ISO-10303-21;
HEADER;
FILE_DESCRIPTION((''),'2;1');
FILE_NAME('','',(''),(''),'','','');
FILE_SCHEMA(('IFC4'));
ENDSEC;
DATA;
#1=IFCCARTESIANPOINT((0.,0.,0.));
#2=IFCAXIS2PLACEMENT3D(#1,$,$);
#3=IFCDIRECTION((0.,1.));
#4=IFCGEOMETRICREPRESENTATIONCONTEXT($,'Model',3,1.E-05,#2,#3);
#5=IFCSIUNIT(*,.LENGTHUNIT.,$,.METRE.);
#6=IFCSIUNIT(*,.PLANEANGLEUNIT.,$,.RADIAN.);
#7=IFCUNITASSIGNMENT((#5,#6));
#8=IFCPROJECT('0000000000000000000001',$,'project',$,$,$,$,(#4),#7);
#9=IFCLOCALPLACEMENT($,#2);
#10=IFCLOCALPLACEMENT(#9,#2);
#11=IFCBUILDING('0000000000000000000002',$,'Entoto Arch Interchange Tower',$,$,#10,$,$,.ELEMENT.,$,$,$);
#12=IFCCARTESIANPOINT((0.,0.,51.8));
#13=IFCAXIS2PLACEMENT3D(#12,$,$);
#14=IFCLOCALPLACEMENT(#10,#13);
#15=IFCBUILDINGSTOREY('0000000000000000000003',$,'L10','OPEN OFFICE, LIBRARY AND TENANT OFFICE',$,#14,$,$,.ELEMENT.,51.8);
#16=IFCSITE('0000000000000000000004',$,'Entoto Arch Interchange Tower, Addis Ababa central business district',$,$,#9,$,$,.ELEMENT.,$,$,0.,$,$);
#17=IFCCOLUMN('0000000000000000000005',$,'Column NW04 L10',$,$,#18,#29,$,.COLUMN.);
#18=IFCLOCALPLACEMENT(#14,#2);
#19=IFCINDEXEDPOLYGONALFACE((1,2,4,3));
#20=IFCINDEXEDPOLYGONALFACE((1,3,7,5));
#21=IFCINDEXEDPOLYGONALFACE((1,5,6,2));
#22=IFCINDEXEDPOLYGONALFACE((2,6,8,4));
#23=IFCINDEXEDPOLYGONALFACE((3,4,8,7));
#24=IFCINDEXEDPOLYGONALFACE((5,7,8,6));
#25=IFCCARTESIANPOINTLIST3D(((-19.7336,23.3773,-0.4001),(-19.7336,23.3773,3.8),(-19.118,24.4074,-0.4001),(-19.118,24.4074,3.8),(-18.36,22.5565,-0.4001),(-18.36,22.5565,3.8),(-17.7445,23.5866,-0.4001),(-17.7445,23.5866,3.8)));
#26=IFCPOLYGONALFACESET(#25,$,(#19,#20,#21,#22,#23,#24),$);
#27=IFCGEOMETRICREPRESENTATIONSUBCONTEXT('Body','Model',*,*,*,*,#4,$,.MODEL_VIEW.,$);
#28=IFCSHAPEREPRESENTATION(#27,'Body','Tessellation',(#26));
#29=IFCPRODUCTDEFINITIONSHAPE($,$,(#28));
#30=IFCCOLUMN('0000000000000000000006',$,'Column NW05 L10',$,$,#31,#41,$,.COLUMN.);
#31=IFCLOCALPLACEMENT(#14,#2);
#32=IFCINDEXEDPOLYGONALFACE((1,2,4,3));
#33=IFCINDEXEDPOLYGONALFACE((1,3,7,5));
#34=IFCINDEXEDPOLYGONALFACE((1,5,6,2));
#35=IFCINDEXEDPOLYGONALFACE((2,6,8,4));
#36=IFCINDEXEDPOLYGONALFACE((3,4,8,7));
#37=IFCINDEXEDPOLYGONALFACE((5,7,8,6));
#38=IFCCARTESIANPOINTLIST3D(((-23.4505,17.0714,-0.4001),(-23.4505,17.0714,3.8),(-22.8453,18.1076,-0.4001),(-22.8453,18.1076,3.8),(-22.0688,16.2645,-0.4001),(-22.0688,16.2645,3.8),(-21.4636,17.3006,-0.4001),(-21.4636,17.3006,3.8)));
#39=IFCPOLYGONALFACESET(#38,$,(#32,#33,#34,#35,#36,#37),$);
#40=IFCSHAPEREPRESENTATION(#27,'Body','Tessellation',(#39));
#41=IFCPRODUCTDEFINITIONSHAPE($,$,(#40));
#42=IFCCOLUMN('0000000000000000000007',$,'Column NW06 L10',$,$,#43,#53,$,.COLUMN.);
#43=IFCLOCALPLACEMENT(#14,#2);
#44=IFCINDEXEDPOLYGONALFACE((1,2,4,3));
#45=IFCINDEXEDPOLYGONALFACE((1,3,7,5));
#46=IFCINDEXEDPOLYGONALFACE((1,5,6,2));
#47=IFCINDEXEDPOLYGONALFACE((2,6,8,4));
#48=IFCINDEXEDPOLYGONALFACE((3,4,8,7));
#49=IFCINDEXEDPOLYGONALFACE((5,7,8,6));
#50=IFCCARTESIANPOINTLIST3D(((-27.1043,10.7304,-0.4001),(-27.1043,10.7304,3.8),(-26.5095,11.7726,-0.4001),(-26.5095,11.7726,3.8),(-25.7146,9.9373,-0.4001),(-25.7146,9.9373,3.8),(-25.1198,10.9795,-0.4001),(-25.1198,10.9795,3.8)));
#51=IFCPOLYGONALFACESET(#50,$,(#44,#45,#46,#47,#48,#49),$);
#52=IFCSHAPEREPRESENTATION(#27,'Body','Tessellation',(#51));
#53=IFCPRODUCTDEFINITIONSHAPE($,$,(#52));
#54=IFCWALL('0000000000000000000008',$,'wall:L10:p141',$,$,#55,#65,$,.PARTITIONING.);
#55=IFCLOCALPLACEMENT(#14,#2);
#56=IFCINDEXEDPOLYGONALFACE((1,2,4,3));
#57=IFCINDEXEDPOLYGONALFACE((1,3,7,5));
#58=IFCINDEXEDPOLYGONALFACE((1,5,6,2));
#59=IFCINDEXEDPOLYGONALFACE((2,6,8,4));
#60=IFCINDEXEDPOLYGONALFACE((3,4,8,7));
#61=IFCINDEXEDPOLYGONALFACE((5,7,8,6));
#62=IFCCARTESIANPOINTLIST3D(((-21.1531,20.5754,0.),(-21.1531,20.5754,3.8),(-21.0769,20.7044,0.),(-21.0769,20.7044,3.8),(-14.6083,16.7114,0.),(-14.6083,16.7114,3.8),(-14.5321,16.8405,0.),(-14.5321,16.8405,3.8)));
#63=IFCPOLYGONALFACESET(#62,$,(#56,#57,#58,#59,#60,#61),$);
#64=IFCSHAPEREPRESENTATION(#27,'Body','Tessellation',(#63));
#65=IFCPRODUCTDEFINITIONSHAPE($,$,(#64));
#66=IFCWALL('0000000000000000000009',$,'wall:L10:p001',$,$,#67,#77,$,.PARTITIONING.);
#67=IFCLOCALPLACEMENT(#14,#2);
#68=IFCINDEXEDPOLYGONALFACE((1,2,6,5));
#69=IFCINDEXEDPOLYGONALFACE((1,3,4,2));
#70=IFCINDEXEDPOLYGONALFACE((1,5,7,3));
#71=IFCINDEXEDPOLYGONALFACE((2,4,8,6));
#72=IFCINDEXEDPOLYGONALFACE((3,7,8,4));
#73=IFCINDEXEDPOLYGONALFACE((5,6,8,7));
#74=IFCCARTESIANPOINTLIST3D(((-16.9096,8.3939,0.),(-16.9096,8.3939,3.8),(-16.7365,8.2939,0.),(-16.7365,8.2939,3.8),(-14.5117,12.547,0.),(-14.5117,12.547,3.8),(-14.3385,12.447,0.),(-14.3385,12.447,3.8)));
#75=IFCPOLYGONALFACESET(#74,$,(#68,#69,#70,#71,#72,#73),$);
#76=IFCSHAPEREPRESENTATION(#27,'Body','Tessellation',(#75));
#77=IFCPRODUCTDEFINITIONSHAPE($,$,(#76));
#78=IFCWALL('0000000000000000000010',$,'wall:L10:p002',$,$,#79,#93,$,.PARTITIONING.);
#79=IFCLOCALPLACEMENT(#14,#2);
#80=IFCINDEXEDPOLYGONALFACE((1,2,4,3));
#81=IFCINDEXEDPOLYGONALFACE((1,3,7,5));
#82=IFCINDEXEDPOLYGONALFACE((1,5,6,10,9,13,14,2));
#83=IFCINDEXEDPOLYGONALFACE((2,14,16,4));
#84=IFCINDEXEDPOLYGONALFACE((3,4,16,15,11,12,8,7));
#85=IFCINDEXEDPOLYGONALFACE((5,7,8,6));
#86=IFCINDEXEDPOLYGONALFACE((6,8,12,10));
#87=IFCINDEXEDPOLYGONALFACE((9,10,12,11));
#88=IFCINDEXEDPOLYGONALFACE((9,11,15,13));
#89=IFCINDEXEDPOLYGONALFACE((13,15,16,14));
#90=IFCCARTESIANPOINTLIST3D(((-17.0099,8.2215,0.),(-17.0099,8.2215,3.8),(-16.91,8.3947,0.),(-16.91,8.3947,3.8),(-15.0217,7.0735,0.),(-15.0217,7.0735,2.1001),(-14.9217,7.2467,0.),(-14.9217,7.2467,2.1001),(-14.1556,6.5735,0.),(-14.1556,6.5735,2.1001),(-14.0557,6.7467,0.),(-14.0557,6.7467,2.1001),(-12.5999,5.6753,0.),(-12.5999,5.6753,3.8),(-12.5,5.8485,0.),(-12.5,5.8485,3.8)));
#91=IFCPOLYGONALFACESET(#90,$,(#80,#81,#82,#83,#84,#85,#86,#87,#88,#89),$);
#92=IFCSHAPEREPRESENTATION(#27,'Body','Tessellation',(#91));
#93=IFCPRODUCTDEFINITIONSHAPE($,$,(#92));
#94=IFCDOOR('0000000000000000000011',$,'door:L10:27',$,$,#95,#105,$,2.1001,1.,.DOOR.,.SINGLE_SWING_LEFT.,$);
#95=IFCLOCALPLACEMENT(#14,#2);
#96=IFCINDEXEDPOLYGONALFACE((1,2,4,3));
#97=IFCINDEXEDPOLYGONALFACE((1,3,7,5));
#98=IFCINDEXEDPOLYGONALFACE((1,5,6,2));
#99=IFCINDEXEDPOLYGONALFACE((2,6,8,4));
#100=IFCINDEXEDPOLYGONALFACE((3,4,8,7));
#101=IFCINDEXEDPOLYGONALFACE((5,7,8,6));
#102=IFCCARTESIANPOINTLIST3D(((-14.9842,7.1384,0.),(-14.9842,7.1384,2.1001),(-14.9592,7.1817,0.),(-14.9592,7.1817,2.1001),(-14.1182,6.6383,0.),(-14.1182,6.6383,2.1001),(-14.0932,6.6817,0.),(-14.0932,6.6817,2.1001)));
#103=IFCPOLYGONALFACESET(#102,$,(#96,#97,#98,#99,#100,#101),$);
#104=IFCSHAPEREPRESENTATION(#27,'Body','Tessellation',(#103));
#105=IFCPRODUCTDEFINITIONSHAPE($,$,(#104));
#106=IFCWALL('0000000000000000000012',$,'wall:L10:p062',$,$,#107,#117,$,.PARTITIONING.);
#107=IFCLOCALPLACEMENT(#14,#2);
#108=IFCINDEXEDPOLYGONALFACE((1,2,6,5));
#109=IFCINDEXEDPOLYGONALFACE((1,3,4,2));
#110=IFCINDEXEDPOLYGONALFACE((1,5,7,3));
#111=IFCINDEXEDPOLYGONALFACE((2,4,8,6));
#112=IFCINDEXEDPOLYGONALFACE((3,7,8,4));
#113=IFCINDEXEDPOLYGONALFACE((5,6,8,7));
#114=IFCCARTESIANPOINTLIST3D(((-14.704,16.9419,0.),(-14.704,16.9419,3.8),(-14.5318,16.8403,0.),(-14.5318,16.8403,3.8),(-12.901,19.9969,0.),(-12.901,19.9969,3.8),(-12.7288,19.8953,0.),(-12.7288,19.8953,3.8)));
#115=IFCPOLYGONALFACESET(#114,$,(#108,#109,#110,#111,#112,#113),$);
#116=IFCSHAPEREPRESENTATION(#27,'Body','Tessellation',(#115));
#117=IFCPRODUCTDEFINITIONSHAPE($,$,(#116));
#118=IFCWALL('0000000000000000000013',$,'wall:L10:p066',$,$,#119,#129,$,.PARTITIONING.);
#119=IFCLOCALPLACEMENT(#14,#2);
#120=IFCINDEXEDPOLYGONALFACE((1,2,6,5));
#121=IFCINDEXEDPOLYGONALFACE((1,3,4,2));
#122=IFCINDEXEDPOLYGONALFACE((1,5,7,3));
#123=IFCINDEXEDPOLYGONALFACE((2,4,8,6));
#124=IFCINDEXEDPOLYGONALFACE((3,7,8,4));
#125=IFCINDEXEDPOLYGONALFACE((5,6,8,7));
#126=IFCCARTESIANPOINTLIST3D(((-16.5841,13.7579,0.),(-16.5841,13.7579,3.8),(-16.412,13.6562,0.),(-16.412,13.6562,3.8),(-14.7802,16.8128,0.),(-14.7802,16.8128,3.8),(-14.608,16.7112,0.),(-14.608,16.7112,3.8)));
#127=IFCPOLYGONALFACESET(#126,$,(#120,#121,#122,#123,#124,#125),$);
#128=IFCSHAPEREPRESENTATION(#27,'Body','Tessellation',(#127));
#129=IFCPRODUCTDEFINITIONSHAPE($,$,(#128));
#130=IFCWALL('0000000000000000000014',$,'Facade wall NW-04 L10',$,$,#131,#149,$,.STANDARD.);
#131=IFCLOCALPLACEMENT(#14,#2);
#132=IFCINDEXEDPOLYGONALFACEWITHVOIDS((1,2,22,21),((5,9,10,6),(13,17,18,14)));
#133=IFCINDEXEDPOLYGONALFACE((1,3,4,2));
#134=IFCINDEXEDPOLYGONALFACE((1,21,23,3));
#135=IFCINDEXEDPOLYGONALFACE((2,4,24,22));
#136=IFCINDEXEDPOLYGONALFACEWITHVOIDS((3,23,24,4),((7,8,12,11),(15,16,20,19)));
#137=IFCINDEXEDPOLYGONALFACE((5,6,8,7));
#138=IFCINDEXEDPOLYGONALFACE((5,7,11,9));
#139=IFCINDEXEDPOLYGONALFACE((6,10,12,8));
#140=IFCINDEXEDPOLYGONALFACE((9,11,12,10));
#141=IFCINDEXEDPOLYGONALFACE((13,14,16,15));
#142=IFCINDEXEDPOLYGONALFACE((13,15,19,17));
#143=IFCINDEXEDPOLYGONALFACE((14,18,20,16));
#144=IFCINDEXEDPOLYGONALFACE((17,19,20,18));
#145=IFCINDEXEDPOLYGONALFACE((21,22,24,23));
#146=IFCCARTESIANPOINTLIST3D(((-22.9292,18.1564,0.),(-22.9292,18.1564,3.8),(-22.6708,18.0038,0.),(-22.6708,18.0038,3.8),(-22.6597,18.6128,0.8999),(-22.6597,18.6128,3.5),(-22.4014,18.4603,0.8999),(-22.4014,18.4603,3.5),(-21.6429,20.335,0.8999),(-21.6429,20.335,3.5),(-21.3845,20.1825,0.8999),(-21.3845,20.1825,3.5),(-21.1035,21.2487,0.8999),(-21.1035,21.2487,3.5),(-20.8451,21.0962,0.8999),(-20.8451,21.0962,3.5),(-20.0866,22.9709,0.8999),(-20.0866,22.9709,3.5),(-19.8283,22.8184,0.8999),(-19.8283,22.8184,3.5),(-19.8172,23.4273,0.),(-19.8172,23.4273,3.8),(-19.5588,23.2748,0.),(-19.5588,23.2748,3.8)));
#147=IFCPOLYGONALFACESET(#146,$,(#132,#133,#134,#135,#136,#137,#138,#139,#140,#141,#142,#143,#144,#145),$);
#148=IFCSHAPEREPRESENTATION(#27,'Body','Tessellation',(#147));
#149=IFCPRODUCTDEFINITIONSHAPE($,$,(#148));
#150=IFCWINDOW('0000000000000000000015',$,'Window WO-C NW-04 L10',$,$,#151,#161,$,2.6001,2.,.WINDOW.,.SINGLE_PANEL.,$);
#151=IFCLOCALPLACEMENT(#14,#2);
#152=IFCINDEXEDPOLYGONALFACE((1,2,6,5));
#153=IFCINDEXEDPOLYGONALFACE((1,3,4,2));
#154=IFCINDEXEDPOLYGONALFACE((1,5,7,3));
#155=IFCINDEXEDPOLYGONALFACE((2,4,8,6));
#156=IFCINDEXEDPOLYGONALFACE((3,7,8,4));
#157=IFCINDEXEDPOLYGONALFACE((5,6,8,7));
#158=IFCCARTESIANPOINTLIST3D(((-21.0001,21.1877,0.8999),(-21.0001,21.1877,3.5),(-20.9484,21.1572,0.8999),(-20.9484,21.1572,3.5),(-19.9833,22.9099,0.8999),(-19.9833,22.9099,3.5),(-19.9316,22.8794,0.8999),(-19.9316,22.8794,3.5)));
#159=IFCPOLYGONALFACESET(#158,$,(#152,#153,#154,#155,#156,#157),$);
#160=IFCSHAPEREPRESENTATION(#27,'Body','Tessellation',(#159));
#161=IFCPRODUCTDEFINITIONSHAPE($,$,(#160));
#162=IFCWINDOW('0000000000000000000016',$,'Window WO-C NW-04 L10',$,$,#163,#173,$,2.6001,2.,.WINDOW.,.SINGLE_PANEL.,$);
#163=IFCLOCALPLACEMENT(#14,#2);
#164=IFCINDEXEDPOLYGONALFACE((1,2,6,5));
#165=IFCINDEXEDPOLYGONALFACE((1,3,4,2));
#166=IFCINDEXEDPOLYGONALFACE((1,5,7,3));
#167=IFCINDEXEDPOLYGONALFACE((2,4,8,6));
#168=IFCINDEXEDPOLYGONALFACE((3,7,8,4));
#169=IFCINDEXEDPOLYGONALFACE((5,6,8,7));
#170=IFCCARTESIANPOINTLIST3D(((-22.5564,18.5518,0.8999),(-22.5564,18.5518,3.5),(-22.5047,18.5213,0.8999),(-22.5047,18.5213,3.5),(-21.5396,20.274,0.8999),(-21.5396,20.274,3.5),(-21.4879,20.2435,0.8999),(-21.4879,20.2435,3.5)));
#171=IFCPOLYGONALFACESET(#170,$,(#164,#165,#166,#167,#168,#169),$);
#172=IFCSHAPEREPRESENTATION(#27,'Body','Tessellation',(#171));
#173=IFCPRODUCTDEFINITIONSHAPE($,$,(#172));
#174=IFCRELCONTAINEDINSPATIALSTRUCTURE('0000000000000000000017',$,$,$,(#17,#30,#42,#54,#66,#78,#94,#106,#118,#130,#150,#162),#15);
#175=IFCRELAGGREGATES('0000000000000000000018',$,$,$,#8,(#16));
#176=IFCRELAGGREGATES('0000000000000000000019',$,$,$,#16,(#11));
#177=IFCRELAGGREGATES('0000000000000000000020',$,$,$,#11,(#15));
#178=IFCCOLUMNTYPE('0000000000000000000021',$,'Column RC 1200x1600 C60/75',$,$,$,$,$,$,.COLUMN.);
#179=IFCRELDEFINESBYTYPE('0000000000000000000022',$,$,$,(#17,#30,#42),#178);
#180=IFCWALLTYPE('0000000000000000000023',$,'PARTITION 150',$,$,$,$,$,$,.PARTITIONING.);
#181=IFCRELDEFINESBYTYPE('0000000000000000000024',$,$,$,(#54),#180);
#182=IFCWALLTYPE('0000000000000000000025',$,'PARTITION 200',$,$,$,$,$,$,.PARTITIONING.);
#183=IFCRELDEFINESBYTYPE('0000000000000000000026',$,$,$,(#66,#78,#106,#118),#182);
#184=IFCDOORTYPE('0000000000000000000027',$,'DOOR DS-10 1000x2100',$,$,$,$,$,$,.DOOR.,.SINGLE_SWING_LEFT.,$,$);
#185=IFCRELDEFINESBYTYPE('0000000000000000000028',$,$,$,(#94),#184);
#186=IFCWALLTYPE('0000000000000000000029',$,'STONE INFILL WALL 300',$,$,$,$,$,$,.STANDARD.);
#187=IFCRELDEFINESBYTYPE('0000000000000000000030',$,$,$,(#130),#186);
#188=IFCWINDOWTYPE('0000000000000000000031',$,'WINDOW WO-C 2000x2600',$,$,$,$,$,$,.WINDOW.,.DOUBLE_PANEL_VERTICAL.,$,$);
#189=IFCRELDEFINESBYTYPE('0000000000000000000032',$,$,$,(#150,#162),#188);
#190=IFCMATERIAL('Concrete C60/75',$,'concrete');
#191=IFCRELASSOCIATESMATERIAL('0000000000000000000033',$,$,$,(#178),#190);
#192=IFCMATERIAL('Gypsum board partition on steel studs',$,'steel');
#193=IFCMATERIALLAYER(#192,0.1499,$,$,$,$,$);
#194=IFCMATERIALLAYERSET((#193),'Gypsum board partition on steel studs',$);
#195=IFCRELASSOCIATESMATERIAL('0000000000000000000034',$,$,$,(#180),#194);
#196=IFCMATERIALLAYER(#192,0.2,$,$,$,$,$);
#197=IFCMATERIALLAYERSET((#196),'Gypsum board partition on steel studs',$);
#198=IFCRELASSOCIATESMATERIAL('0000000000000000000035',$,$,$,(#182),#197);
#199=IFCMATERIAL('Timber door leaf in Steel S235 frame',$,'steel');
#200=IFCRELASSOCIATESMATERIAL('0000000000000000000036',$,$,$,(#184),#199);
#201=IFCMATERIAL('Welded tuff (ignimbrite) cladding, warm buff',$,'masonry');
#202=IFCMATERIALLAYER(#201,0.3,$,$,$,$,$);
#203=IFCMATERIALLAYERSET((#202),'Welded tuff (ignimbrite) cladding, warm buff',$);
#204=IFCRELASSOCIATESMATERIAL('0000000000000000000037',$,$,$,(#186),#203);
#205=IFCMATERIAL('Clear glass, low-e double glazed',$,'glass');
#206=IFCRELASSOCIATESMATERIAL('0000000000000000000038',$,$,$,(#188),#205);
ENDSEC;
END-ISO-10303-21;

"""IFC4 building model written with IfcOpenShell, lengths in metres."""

from ifc_helpers import new_model, si_unit, direction, frame, frame_2d, origin, origin_2d, place, context, subcontext, project, spatial, rectangle, extrude, material, layer, layer_set, material_profile, profile_set, type_object, element, fill, save


model = new_model("IFC4")

# Units and contexts
model_context = context("Model", 3, precision=1e-05, world=origin(), true_north=direction((0.0, 1.0)))
body_context = subcontext(model_context, "Body", "Model", "MODEL_VIEW")
ifc_project = project(units=[si_unit("LENGTHUNIT", "METRE"), si_unit("PLANEANGLEUNIT", "RADIAN")], contexts=[model_context])

# Site, building, storey
site_placement = place(None, origin())
site = spatial("IfcSite", under=ifc_project, at=site_placement, Name="Entoto Arch Interchange Tower, Addis Ababa central business district", CompositionType="ELEMENT", RefElevation=0.0)
building_placement = place(site_placement, origin())
building = spatial("IfcBuilding", under=site, at=building_placement, Name="Entoto Arch Interchange Tower", CompositionType="ELEMENT")
storey_placement = place(building_placement, frame((0.0, 0.0, 51.8)))
storey = spatial("IfcBuildingStorey", under=building, at=storey_placement, Name="L10", Description="OPEN OFFICE, LIBRARY AND TENANT OFFICE", CompositionType="ELEMENT", Elevation=51.8)

# Columns
ifc_material_1 = material(Name="Concrete C60/75", Category="concrete")
ifc_material_profile = material_profile(ifc_material_1, rectangle(XDim=1.2, YDim=1.6001, at=origin_2d()))
ifc_profile_set = profile_set([ifc_material_profile], Name="Concrete C60/75")
column_type = type_object("IfcColumnType", Name="Column RC 1200x1600 C60/75", PredefinedType="COLUMN", material=ifc_profile_set)
for number, where, z_axis, x_axis, name in (
    (1, (-18.739, 23.4819, -0.4001), (0.0, 0.0, 1.0), (0.512972, 0.858405, 0.0), "Column NW04 L10"),
    (2, (-22.457, 17.186, -0.4001), (0.0, 0.0, 1.0), (0.504332, 0.86351, 0.0), "Column NW05 L10"),
    (3, (-26.1121, 10.855, -0.4001), (0.0, 0.0, 1.0), (0.495656, 0.868519, 0.0), "Column NW06 L10"),
):
    element("IfcColumn", number, at=place(storey_placement, frame(where, z_axis=z_axis, x_axis=x_axis)), inside=storey, type_object=column_type, Name=name, PredefinedType="COLUMN", context=body_context, shape_type="SweptSolid", body=[
        extrude(rectangle(XDim=1.2, YDim=1.6001, at=origin_2d()), origin(), (0.0, 0.0, 1.0), 4.2002),
    ])

# Walls
ifc_material_2 = material(Name="Gypsum board partition on steel studs", Category="steel")
ifc_layer_1 = layer(ifc_material_2, 0.1499)
ifc_layer_set_1 = layer_set([ifc_layer_1], Name="Gypsum board partition on steel studs")
wall_type_1 = type_object("IfcWallType", Name="PARTITION 150", PredefinedType="PARTITIONING", material=ifc_layer_set_1)
wall_1_placement = place(storey_placement, frame((-14.5701, 16.7759, 0.0), z_axis=(0.0, 0.0, 1.0), x_axis=(-0.861125, 0.508394, 0.0)))
element("IfcWall", 4, at=wall_1_placement, inside=storey, type_object=wall_type_1, Name="wall:L10:p141", PredefinedType="PARTITIONING", context=body_context, shape_type="SweptSolid", body=[
    extrude(rectangle(XDim=7.6003, YDim=0.1499, at=frame_2d((3.8003, 0.0))), origin(), (0.0, 0.0, 1.0), 3.8),
])
ifc_layer_2 = layer(ifc_material_2, 0.2)
ifc_layer_set_2 = layer_set([ifc_layer_2], Name="Gypsum board partition on steel studs")
wall_type_2 = type_object("IfcWallType", Name="PARTITION 200", PredefinedType="PARTITIONING", material=ifc_layer_set_2)
wall_2_placement = place(storey_placement, frame((-14.425, 12.4971, 0.0), z_axis=(0.0, 0.0, 1.0), x_axis=(-0.500027, -0.86601, 0.0)))
element("IfcWall", 5, at=wall_2_placement, inside=storey, type_object=wall_type_2, Name="wall:L10:p001", PredefinedType="PARTITIONING", context=body_context, shape_type="SweptSolid", body=[
    extrude(rectangle(XDim=4.7957, YDim=0.2, at=frame_2d((2.3979, 0.0))), origin(), (0.0, 0.0, 1.0), 3.8),
])

# Wall, opening, door
wall_3_placement = place(storey_placement, frame((-16.96, 8.3081, 0.0), z_axis=(0.0, 0.0, 1.0), x_axis=(0.866019, -0.500012, 0.0)))
wall_3 = element("IfcWall", 6, at=wall_3_placement, inside=storey, type_object=wall_type_2, Name="wall:L10:p002", PredefinedType="PARTITIONING", context=body_context, shape_type="SweptSolid", body=[
    extrude(rectangle(XDim=5.0923, YDim=0.2, at=frame_2d((2.5461, 0.0))), origin(), (0.0, 0.0, 1.0), 3.8),
])
opening_1_placement = place(wall_3_placement, frame((2.2959, 0.0, 0.0)))
opening_1 = element("IfcOpeningElement", 7, at=opening_1_placement, cuts=wall_3, PredefinedType="OPENING", context=body_context, shape_type="SweptSolid", body=[
    extrude(rectangle(XDim=1.0, YDim=2.1001, at=frame_2d((0.5, 1.05))), frame((0.0, 0.1099, 0.0), z_axis=(0.0, -1.0, 0.0), x_axis=(1.0, 0.0, 0.0)), (0.0, 0.0, 1.0), 0.22),
])
ifc_material_3 = material(Name="Timber door leaf in Steel S235 frame", Category="steel")
door_type = type_object("IfcDoorType", Name="DOOR DS-10 1000x2100", OperationType="SINGLE_SWING_LEFT", PredefinedType="DOOR", material=ifc_material_3)
door_placement = place(opening_1_placement, origin())
door = element("IfcDoor", 8, at=door_placement, inside=storey, type_object=door_type, Name="door:L10:27", OperationType="SINGLE_SWING_LEFT", OverallHeight=2.1001, OverallWidth=1.0, PredefinedType="DOOR", context=body_context, shape_type="SweptSolid", body=[
    extrude(rectangle(XDim=1.0, YDim=2.1001, at=frame_2d((0.5, 1.05))), frame((0.0, 0.0249, 0.0), z_axis=(0.0, -1.0, 0.0), x_axis=(1.0, 0.0, 0.0)), (0.0, 0.0, 1.0), 0.05),
])
fill(opening_1, door)

# Walls
wall_4_placement = place(storey_placement, frame((-14.6179, 16.8911, 0.0), z_axis=(0.0, 0.0, 1.0), x_axis=(0.508268, 0.861199, 0.0)))
element("IfcWall", 9, at=wall_4_placement, inside=storey, type_object=wall_type_2, Name="wall:L10:p062", PredefinedType="PARTITIONING", context=body_context, shape_type="SweptSolid", body=[
    extrude(rectangle(XDim=3.5474, YDim=0.2, at=frame_2d((1.7737, 0.0))), origin(), (0.0, 0.0, 1.0), 3.8),
])
wall_5_placement = place(storey_placement, frame((-16.498, 13.707, 0.0), z_axis=(0.0, 0.0, 1.0), x_axis=(0.508472, 0.861079, 0.0)))
element("IfcWall", 10, at=wall_5_placement, inside=storey, type_object=wall_type_2, Name="wall:L10:p066", PredefinedType="PARTITIONING", context=body_context, shape_type="SweptSolid", body=[
    extrude(rectangle(XDim=3.5479, YDim=0.2, at=frame_2d((1.7739, 0.0))), origin(), (0.0, 0.0, 1.0), 3.8),
])

# Wall, openings, windows
ifc_material_4 = material(Name="Welded tuff (ignimbrite) cladding, warm buff", Category="masonry")
ifc_layer_3 = layer(ifc_material_4, 0.3)
ifc_layer_set_3 = layer_set([ifc_layer_3], Name="Welded tuff (ignimbrite) cladding, warm buff")
wall_type_3 = type_object("IfcWallType", Name="STONE INFILL WALL 300", PredefinedType="STANDARD", material=ifc_layer_set_3)
wall_6_placement = place(storey_placement, frame((-19.688, 23.3511, 0.0), z_axis=(0.0, 0.0, 1.0), x_axis=(-0.508412, -0.861114, 0.0)))
wall_6 = element("IfcWall", 11, at=wall_6_placement, inside=storey, type_object=wall_type_3, Name="Facade wall NW-04 L10", PredefinedType="STANDARD", context=body_context, shape_type="SweptSolid", body=[
    extrude(rectangle(XDim=6.1211, YDim=0.3, at=frame_2d((3.0605, 0.0))), origin(), (0.0, 0.0, 1.0), 3.8),
])
opening_2_placement = place(wall_6_placement, frame((0.53, 0.0, 0.8999)))
opening_2 = element("IfcOpeningElement", 12, at=opening_2_placement, cuts=wall_6, PredefinedType="OPENING", context=body_context, shape_type="SweptSolid", body=[
    extrude(rectangle(XDim=2.0, YDim=2.6001, at=frame_2d((1.0, 1.3))), frame((0.0, 0.1602, 0.0), z_axis=(0.0, -1.0, 0.0), x_axis=(1.0, 0.0, 0.0)), (0.0, 0.0, 1.0), 0.3201),
])
opening_3_placement = place(wall_6_placement, frame((3.5911, 0.0, 0.8999)))
opening_3 = element("IfcOpeningElement", 13, at=opening_3_placement, cuts=wall_6, PredefinedType="OPENING", context=body_context, shape_type="SweptSolid", body=[
    extrude(rectangle(XDim=2.0, YDim=2.6001, at=frame_2d((1.0, 1.3))), frame((0.0, 0.1602, 0.0), z_axis=(0.0, -1.0, 0.0), x_axis=(1.0, 0.0, 0.0)), (0.0, 0.0, 1.0), 0.3201),
])
ifc_material_5 = material(Name="Clear glass, low-e double glazed", Category="glass")
window_type = type_object("IfcWindowType", Name="WINDOW WO-C 2000x2600", PartitioningType="DOUBLE_PANEL_VERTICAL", PredefinedType="WINDOW", material=ifc_material_5)
window_1_placement = place(opening_2_placement, origin())
window_1 = element("IfcWindow", 14, at=window_1_placement, inside=storey, type_object=window_type, Name="Window WO-C NW-04 L10", OverallHeight=2.6001, OverallWidth=2.0, PartitioningType="SINGLE_PANEL", PredefinedType="WINDOW", context=body_context, shape_type="SweptSolid", body=[
    extrude(rectangle(XDim=2.0, YDim=2.6001, at=frame_2d((1.0, 1.3))), frame((0.0, 0.03, 0.0), z_axis=(0.0, -1.0, 0.0), x_axis=(1.0, 0.0, 0.0)), (0.0, 0.0, 1.0), 0.0601),
])
fill(opening_2, window_1)
window_2_placement = place(opening_3_placement, origin())
window_2 = element("IfcWindow", 15, at=window_2_placement, inside=storey, type_object=window_type, Name="Window WO-C NW-04 L10", OverallHeight=2.6001, OverallWidth=2.0, PartitioningType="SINGLE_PANEL", PredefinedType="WINDOW", context=body_context, shape_type="SweptSolid", body=[
    extrude(rectangle(XDim=2.0, YDim=2.6001, at=frame_2d((1.0, 1.3))), frame((0.0, 0.03, 0.0), z_axis=(0.0, -1.0, 0.0), x_axis=(1.0, 0.0, 0.0)), (0.0, 0.0, 1.0), 0.0601),
])
fill(opening_3, window_2)

save(model, "model.ifc")
